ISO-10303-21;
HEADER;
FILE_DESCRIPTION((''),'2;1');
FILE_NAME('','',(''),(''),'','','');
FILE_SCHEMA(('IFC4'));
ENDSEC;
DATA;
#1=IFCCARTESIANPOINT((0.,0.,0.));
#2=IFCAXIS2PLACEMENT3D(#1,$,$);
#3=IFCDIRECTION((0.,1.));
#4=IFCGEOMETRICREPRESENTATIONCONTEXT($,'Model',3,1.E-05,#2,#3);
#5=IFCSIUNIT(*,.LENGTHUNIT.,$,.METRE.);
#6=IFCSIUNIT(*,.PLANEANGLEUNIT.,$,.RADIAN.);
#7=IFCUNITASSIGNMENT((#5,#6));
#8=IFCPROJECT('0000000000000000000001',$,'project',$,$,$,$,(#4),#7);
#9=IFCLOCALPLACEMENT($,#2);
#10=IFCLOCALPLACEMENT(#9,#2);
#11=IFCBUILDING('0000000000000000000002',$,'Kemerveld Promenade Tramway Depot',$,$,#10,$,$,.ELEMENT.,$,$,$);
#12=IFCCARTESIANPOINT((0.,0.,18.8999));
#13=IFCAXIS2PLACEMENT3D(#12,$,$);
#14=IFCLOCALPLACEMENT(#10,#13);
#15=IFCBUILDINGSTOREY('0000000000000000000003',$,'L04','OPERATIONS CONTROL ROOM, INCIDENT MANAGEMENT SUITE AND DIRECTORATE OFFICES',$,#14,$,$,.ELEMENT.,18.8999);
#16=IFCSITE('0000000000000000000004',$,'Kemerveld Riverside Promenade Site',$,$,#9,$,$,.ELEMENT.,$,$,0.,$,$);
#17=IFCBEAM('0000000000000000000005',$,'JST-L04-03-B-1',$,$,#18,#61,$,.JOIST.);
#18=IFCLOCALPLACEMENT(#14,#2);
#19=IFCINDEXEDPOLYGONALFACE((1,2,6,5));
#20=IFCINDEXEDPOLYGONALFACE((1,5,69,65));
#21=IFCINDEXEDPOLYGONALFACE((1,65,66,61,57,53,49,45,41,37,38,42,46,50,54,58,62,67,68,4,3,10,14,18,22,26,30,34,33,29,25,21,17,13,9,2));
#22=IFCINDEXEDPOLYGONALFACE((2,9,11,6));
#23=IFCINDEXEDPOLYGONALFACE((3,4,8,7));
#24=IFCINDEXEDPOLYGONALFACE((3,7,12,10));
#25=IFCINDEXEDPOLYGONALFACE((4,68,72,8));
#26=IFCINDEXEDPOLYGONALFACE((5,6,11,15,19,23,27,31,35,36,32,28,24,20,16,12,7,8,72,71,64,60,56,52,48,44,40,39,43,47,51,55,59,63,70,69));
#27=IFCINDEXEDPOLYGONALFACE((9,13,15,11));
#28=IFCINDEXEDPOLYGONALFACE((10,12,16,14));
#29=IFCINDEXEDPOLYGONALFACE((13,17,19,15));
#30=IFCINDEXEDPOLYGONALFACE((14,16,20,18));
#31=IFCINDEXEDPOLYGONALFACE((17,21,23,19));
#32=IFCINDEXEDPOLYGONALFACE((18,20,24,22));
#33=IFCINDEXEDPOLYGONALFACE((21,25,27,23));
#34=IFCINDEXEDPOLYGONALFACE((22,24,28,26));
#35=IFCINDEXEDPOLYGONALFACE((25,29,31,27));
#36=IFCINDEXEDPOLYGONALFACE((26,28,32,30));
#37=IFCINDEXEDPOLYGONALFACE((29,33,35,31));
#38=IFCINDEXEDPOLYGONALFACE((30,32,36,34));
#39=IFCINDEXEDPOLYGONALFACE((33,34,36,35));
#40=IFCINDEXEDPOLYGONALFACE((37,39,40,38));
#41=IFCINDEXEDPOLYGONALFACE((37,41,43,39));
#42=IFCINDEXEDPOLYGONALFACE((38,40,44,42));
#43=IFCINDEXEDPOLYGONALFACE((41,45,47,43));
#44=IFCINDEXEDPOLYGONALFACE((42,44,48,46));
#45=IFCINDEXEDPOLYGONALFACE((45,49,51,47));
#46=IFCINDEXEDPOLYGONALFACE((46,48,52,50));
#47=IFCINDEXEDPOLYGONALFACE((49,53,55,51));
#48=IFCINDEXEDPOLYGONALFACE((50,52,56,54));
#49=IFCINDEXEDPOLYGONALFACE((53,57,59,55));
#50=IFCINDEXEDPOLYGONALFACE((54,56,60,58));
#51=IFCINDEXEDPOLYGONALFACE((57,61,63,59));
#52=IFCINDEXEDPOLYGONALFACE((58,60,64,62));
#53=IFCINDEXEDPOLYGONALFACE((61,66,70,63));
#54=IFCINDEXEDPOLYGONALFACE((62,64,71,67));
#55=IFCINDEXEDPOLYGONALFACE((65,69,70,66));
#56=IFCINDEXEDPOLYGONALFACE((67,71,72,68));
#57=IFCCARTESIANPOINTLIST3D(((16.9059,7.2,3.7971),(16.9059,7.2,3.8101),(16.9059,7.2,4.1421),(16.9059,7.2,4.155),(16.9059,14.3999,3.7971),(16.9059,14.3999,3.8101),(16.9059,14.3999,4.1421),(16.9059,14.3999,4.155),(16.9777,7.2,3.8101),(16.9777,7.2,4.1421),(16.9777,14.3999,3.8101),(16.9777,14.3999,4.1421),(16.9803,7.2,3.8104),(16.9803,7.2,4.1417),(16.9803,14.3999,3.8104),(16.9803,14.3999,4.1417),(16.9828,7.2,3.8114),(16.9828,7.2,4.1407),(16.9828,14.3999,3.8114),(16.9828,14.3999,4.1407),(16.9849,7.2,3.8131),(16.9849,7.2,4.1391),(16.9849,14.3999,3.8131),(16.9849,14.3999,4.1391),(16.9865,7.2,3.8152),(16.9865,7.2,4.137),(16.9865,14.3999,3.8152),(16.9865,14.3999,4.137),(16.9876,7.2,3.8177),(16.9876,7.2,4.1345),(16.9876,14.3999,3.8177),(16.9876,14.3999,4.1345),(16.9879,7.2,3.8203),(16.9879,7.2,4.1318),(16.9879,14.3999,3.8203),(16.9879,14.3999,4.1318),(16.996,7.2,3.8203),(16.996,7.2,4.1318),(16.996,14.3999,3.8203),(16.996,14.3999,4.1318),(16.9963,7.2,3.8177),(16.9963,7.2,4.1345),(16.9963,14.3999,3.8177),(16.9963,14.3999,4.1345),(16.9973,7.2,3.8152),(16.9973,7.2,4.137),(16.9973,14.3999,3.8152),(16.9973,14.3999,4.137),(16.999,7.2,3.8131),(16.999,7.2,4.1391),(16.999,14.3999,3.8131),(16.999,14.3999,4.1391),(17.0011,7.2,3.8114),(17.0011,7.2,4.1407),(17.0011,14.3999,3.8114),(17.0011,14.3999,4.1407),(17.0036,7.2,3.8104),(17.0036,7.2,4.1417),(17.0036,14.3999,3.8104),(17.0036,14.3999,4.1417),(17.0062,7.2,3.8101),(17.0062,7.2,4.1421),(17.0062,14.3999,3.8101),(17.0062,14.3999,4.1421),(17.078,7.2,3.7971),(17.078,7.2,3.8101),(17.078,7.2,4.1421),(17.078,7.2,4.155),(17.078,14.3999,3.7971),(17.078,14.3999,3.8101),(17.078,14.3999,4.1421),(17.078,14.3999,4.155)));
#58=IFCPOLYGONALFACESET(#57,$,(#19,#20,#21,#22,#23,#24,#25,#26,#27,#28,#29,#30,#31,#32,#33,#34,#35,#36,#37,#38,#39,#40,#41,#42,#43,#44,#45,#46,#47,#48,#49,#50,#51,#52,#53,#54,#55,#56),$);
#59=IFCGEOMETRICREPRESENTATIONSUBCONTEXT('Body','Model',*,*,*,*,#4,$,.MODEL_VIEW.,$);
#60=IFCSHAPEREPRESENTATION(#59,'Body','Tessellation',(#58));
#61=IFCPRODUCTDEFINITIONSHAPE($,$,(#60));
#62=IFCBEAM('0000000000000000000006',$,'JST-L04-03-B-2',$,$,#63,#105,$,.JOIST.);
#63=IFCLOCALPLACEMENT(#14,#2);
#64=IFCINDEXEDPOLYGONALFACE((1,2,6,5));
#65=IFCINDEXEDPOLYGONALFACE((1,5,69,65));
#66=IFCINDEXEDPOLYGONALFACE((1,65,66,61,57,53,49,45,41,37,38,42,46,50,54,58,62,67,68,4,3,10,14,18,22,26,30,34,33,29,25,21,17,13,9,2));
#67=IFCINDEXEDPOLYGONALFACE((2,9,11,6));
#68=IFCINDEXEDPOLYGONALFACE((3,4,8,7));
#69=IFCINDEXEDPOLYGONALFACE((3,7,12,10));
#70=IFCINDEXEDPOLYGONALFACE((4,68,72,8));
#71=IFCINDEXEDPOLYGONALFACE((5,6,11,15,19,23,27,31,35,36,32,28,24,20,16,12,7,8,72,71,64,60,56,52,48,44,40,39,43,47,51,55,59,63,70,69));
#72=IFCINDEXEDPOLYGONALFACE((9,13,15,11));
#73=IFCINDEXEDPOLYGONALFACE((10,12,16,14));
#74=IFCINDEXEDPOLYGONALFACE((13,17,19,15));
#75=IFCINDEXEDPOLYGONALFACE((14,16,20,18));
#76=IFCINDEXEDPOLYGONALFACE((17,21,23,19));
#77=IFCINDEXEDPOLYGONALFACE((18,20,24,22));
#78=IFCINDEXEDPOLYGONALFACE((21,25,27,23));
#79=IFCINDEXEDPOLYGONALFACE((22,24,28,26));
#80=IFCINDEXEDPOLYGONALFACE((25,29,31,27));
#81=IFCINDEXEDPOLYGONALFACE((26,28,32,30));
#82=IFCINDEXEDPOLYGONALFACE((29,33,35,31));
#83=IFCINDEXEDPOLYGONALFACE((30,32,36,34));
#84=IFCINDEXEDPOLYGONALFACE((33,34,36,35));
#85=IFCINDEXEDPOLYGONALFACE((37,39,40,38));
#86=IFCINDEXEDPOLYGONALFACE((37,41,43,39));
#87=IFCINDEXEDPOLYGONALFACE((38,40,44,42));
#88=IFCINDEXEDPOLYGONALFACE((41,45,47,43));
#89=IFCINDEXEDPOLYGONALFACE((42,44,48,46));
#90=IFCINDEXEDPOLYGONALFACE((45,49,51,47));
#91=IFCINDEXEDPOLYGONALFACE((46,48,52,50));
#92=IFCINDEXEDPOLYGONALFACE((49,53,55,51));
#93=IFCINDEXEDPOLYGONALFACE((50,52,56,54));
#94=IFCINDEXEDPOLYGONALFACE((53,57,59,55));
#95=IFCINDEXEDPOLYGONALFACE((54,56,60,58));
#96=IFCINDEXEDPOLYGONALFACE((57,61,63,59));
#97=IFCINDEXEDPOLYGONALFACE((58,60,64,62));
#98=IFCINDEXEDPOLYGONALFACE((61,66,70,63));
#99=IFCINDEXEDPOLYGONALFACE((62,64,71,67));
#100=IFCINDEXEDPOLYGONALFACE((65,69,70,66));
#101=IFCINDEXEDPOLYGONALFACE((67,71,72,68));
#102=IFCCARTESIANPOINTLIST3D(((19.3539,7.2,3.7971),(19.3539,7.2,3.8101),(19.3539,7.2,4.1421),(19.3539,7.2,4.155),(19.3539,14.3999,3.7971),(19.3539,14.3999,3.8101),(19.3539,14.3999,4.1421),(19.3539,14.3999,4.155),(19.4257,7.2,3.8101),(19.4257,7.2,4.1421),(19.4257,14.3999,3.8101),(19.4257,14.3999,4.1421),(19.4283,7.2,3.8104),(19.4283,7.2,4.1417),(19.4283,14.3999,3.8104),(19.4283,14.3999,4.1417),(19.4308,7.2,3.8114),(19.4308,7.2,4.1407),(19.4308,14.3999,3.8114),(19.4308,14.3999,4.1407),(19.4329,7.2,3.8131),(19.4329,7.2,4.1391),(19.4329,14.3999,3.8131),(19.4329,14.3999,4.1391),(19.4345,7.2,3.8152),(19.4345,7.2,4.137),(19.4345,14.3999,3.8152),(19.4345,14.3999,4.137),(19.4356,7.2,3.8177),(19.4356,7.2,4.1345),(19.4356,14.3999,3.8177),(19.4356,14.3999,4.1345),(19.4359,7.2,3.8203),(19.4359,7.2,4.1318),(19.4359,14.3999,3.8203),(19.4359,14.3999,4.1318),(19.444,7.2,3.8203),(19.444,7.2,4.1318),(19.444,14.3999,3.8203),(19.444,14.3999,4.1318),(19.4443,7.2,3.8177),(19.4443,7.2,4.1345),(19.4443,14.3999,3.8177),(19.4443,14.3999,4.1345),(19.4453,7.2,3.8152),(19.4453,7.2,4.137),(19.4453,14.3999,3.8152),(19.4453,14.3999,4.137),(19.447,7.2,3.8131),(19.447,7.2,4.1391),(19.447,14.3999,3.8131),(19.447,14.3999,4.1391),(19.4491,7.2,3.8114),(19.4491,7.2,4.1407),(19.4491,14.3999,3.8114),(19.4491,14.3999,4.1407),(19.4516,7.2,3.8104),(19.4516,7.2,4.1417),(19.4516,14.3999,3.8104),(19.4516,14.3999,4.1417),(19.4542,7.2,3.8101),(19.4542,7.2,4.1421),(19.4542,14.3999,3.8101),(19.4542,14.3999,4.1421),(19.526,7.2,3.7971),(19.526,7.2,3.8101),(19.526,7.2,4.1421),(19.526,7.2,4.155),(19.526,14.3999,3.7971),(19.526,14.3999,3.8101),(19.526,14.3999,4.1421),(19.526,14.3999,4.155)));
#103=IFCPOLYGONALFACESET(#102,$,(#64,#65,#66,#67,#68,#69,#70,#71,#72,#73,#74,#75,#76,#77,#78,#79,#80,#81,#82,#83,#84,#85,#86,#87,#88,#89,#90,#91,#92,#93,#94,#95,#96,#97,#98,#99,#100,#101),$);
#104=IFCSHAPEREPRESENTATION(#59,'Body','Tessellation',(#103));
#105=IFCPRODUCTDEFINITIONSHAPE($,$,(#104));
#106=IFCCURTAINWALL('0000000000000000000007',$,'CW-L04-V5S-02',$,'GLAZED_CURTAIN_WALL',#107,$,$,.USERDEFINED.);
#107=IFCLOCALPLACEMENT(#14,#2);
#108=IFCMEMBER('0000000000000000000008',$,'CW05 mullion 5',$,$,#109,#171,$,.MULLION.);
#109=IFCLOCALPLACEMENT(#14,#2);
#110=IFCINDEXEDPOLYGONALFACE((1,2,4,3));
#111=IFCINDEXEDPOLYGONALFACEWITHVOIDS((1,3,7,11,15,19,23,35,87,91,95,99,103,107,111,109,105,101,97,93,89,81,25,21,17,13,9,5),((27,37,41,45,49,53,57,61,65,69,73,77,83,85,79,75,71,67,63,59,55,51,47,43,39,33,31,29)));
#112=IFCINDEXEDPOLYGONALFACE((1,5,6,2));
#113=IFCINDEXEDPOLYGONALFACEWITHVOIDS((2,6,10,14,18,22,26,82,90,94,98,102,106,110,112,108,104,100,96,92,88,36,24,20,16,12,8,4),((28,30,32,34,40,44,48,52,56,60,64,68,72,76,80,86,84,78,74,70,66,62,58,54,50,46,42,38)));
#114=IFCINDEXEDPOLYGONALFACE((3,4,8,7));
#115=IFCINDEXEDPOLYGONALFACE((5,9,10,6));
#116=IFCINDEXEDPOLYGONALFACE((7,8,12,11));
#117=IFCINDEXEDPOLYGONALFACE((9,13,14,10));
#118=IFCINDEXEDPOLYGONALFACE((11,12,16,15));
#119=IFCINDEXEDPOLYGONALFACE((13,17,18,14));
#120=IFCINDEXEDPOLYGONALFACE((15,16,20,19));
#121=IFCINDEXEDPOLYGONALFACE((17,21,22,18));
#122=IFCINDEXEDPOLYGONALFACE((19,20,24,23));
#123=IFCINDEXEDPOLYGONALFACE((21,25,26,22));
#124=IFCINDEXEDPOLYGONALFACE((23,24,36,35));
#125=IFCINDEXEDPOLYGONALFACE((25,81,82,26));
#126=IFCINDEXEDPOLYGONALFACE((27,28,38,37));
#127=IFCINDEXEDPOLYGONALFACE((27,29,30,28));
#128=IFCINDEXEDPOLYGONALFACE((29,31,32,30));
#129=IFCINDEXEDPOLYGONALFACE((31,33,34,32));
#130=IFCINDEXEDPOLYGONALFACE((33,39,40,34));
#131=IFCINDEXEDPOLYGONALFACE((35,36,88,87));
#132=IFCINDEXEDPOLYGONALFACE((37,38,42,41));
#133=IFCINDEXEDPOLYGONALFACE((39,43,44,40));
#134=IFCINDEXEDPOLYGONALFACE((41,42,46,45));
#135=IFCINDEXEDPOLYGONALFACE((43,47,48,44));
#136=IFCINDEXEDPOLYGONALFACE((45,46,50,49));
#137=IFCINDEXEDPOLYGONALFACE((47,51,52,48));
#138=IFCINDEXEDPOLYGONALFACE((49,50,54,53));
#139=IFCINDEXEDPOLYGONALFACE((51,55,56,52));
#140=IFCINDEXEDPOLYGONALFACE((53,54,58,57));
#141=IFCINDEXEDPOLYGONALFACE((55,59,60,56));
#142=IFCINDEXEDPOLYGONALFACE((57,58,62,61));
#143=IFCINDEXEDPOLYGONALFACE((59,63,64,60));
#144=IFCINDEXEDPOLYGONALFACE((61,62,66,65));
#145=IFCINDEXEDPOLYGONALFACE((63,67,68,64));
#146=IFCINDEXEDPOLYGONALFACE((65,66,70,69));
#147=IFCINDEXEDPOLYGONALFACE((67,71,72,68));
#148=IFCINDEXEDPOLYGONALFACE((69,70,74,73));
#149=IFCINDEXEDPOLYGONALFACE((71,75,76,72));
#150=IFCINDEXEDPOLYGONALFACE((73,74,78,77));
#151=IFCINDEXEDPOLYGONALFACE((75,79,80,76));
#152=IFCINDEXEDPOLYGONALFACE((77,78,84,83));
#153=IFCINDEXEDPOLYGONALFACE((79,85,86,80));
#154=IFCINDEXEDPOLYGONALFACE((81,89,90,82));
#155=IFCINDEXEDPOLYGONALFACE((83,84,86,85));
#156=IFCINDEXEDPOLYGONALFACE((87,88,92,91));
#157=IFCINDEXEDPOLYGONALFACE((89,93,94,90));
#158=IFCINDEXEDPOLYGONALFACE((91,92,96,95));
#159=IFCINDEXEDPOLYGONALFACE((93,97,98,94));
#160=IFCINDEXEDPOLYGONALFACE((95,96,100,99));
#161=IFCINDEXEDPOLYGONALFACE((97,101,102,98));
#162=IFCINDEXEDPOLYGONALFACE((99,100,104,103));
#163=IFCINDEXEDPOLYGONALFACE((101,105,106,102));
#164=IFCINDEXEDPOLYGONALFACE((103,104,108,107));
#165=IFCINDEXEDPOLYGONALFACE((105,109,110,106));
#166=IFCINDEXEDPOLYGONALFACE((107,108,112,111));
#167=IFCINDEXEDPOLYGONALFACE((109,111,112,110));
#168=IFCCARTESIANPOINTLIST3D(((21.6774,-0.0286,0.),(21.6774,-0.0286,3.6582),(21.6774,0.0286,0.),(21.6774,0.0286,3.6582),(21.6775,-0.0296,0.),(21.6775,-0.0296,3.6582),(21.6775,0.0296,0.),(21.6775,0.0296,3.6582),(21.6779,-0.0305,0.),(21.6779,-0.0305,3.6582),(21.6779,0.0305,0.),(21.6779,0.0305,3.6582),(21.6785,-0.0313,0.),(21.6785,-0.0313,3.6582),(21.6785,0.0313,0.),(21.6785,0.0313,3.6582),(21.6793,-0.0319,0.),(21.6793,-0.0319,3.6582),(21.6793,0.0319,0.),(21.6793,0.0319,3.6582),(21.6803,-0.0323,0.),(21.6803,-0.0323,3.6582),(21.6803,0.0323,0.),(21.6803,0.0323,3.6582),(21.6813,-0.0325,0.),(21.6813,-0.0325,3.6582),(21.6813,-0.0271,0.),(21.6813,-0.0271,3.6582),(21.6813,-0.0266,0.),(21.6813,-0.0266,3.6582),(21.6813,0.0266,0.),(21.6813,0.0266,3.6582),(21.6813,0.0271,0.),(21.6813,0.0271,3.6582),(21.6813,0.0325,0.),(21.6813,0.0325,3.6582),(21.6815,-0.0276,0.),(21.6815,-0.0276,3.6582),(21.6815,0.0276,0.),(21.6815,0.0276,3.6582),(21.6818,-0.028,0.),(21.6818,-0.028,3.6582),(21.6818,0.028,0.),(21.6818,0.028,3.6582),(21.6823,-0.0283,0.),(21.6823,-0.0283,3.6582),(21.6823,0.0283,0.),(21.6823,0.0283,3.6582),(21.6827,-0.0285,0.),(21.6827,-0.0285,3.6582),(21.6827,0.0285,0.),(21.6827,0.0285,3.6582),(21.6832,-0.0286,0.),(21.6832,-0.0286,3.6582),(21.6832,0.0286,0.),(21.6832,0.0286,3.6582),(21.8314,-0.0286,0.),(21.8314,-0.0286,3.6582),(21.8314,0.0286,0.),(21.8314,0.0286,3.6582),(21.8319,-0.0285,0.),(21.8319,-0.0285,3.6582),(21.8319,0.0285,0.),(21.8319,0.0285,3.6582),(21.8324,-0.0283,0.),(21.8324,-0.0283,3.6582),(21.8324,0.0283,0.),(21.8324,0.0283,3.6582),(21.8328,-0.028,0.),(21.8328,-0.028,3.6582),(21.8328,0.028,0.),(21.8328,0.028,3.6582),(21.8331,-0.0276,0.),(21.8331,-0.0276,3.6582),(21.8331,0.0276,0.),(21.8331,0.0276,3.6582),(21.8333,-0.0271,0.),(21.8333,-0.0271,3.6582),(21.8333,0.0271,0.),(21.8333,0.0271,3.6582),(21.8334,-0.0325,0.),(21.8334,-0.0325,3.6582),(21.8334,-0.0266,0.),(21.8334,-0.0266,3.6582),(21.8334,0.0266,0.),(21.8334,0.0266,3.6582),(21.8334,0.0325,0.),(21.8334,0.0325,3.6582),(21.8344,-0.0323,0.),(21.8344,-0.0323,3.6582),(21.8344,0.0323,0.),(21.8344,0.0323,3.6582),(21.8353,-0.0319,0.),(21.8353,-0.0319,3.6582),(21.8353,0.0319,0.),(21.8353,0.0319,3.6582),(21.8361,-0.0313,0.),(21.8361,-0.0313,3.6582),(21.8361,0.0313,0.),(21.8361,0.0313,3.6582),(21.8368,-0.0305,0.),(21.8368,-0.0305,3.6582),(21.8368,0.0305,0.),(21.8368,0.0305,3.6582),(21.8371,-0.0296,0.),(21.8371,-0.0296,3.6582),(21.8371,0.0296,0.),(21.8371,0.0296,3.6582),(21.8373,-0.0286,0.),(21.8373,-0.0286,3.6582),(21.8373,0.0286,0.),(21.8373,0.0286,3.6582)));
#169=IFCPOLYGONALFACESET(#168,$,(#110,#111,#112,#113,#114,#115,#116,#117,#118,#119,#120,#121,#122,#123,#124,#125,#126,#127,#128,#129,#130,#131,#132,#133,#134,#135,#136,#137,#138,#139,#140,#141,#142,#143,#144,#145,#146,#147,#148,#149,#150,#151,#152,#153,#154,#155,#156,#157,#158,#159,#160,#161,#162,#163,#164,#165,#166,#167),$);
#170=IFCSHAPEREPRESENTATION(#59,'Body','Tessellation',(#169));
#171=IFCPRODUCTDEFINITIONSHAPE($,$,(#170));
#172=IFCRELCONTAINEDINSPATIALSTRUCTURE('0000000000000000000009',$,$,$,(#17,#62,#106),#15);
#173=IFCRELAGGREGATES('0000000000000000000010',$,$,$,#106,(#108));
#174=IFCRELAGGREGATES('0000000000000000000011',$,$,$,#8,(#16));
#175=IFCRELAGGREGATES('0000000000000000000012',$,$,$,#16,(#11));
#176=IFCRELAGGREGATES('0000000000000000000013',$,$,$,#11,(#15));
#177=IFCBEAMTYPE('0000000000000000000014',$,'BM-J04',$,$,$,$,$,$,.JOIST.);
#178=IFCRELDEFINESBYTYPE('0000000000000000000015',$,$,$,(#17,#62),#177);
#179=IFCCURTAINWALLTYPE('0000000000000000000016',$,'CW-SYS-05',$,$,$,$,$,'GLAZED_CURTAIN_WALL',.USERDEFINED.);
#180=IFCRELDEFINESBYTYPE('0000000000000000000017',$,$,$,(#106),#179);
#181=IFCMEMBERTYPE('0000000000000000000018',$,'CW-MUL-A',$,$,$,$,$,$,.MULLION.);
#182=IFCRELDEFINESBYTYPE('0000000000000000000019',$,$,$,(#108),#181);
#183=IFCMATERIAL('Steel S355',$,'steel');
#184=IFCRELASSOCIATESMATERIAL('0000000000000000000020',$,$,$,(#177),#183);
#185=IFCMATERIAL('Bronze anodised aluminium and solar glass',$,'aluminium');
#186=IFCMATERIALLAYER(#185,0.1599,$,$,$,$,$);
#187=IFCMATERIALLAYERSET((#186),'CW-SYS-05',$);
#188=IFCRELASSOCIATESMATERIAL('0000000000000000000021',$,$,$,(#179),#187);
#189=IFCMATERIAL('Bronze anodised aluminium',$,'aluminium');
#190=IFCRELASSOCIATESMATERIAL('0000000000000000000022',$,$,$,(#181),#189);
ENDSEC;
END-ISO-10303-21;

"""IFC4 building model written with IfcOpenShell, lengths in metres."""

from ifc_helpers import new_model, si_unit, direction, frame, origin, origin_2d, place, context, subcontext, project, spatial, hollow_rectangle, i_section, extrude, material, layer, layer_set, material_profile, profile_set, type_object, element, aggregate, save


model = new_model("IFC4")

# Units and contexts
model_context = context("Model", 3, precision=1e-05, world=origin(), true_north=direction((0.0, 1.0)))
body_context = subcontext(model_context, "Body", "Model", "MODEL_VIEW")
ifc_project = project(units=[si_unit("LENGTHUNIT", "METRE"), si_unit("PLANEANGLEUNIT", "RADIAN")], contexts=[model_context])

# Site, building, storey
site_placement = place(None, origin())
site = spatial("IfcSite", under=ifc_project, at=site_placement, Name="Kemerveld Riverside Promenade Site", CompositionType="ELEMENT", RefElevation=0.0)
building_placement = place(site_placement, origin())
building = spatial("IfcBuilding", under=site, at=building_placement, Name="Kemerveld Promenade Tramway Depot", CompositionType="ELEMENT")
storey_placement = place(building_placement, frame((0.0, 0.0, 18.8999)))
storey = spatial("IfcBuildingStorey", under=building, at=storey_placement, Name="L04", Description="OPERATIONS CONTROL ROOM, INCIDENT MANAGEMENT SUITE AND DIRECTORATE OFFICES", CompositionType="ELEMENT", Elevation=18.8999)

# Shared definitions
ifc_material_1 = material(Name="Steel S355", Category="steel")

# Beams
ifc_material_profile_1 = material_profile(ifc_material_1, i_section(OverallWidth=0.1721, OverallDepth=0.3579, WebThickness=0.0081, FlangeThickness=0.0129, FilletRadius=0.0103, at=origin_2d()), Name="356x171x57 UB")
ifc_profile_set_1 = profile_set([ifc_material_profile_1], Name="Steel S355")
beam_type_1 = type_object("IfcBeamType", Name="BM-J04", PredefinedType="JOIST", material=ifc_profile_set_1)
for number, where, z_axis, x_axis, name in (
    (1, (16.9919, 7.2, 3.9761), (0.0, 1.0, 0.0), (-1.0, 0.0, 0.0), "JST-L04-03-B-1"),
    (2, (19.4399, 7.2, 3.9761), (0.0, 1.0, 0.0), (-1.0, 0.0, 0.0), "JST-L04-03-B-2"),
):
    element("IfcBeam", number, at=place(storey_placement, frame(where, z_axis=z_axis, x_axis=x_axis)), inside=storey, type_object=beam_type_1, Name=name, PredefinedType="JOIST", context=body_context, shape_type="SweptSolid", body=[
        extrude(i_section(OverallWidth=0.1721, OverallDepth=0.3579, WebThickness=0.0081, FlangeThickness=0.0129, FilletRadius=0.0103, at=origin_2d()), origin(), (0.0, 0.0, 1.0), 7.2),
    ])

# Curtain wall, member
ifc_material_2 = material(Name="Bronze anodised aluminium and solar glass", Category="aluminium")
ifc_layer_1 = layer(ifc_material_2, 0.1599)
ifc_layer_set_1 = layer_set([ifc_layer_1], Name="CW-SYS-05")
curtain_wall_type_1 = type_object("IfcCurtainWallType", Name="CW-SYS-05", ElementType="GLAZED_CURTAIN_WALL", PredefinedType="USERDEFINED", material=ifc_layer_set_1)
curtain_wall_1_placement = place(storey_placement, origin())
curtain_wall_1 = element("IfcCurtainWall", 3, at=curtain_wall_1_placement, inside=storey, type_object=curtain_wall_type_1, Name="CW-L04-V5S-02", ObjectType="GLAZED_CURTAIN_WALL", PredefinedType="USERDEFINED")
ifc_material_3 = material(Name="Bronze anodised aluminium", Category="aluminium")
ifc_material_profile_2 = material_profile(ifc_material_3, hollow_rectangle(XDim=0.0649, YDim=0.1599, WallThickness=0.0039, InnerFilletRadius=0.002, OuterFilletRadius=0.0039, at=origin_2d()), Name="CW-MUL-160x65")
ifc_profile_set_2 = profile_set([ifc_material_profile_2], Name="Bronze anodised aluminium")
member_type_1 = type_object("IfcMemberType", Name="CW-MUL-A", PredefinedType="MULLION", material=ifc_profile_set_2)
member_1_placement = place(storey_placement, frame((21.7573, 0.0, 0.0), z_axis=(0.0, 0.0, 1.0), x_axis=(0.0, -1.0, 0.0)))
member_1 = element("IfcMember", 4, at=member_1_placement, type_object=member_type_1, Name="CW05 mullion 5", PredefinedType="MULLION", context=body_context, shape_type="SweptSolid", body=[
    extrude(hollow_rectangle(XDim=0.0649, YDim=0.1599, WallThickness=0.0039, InnerFilletRadius=0.002, OuterFilletRadius=0.0039, at=origin_2d()), origin(), (0.0, 0.0, 1.0), 3.6582),
])

aggregate(curtain_wall_1, [member_1])

save(model, "model.ifc")
